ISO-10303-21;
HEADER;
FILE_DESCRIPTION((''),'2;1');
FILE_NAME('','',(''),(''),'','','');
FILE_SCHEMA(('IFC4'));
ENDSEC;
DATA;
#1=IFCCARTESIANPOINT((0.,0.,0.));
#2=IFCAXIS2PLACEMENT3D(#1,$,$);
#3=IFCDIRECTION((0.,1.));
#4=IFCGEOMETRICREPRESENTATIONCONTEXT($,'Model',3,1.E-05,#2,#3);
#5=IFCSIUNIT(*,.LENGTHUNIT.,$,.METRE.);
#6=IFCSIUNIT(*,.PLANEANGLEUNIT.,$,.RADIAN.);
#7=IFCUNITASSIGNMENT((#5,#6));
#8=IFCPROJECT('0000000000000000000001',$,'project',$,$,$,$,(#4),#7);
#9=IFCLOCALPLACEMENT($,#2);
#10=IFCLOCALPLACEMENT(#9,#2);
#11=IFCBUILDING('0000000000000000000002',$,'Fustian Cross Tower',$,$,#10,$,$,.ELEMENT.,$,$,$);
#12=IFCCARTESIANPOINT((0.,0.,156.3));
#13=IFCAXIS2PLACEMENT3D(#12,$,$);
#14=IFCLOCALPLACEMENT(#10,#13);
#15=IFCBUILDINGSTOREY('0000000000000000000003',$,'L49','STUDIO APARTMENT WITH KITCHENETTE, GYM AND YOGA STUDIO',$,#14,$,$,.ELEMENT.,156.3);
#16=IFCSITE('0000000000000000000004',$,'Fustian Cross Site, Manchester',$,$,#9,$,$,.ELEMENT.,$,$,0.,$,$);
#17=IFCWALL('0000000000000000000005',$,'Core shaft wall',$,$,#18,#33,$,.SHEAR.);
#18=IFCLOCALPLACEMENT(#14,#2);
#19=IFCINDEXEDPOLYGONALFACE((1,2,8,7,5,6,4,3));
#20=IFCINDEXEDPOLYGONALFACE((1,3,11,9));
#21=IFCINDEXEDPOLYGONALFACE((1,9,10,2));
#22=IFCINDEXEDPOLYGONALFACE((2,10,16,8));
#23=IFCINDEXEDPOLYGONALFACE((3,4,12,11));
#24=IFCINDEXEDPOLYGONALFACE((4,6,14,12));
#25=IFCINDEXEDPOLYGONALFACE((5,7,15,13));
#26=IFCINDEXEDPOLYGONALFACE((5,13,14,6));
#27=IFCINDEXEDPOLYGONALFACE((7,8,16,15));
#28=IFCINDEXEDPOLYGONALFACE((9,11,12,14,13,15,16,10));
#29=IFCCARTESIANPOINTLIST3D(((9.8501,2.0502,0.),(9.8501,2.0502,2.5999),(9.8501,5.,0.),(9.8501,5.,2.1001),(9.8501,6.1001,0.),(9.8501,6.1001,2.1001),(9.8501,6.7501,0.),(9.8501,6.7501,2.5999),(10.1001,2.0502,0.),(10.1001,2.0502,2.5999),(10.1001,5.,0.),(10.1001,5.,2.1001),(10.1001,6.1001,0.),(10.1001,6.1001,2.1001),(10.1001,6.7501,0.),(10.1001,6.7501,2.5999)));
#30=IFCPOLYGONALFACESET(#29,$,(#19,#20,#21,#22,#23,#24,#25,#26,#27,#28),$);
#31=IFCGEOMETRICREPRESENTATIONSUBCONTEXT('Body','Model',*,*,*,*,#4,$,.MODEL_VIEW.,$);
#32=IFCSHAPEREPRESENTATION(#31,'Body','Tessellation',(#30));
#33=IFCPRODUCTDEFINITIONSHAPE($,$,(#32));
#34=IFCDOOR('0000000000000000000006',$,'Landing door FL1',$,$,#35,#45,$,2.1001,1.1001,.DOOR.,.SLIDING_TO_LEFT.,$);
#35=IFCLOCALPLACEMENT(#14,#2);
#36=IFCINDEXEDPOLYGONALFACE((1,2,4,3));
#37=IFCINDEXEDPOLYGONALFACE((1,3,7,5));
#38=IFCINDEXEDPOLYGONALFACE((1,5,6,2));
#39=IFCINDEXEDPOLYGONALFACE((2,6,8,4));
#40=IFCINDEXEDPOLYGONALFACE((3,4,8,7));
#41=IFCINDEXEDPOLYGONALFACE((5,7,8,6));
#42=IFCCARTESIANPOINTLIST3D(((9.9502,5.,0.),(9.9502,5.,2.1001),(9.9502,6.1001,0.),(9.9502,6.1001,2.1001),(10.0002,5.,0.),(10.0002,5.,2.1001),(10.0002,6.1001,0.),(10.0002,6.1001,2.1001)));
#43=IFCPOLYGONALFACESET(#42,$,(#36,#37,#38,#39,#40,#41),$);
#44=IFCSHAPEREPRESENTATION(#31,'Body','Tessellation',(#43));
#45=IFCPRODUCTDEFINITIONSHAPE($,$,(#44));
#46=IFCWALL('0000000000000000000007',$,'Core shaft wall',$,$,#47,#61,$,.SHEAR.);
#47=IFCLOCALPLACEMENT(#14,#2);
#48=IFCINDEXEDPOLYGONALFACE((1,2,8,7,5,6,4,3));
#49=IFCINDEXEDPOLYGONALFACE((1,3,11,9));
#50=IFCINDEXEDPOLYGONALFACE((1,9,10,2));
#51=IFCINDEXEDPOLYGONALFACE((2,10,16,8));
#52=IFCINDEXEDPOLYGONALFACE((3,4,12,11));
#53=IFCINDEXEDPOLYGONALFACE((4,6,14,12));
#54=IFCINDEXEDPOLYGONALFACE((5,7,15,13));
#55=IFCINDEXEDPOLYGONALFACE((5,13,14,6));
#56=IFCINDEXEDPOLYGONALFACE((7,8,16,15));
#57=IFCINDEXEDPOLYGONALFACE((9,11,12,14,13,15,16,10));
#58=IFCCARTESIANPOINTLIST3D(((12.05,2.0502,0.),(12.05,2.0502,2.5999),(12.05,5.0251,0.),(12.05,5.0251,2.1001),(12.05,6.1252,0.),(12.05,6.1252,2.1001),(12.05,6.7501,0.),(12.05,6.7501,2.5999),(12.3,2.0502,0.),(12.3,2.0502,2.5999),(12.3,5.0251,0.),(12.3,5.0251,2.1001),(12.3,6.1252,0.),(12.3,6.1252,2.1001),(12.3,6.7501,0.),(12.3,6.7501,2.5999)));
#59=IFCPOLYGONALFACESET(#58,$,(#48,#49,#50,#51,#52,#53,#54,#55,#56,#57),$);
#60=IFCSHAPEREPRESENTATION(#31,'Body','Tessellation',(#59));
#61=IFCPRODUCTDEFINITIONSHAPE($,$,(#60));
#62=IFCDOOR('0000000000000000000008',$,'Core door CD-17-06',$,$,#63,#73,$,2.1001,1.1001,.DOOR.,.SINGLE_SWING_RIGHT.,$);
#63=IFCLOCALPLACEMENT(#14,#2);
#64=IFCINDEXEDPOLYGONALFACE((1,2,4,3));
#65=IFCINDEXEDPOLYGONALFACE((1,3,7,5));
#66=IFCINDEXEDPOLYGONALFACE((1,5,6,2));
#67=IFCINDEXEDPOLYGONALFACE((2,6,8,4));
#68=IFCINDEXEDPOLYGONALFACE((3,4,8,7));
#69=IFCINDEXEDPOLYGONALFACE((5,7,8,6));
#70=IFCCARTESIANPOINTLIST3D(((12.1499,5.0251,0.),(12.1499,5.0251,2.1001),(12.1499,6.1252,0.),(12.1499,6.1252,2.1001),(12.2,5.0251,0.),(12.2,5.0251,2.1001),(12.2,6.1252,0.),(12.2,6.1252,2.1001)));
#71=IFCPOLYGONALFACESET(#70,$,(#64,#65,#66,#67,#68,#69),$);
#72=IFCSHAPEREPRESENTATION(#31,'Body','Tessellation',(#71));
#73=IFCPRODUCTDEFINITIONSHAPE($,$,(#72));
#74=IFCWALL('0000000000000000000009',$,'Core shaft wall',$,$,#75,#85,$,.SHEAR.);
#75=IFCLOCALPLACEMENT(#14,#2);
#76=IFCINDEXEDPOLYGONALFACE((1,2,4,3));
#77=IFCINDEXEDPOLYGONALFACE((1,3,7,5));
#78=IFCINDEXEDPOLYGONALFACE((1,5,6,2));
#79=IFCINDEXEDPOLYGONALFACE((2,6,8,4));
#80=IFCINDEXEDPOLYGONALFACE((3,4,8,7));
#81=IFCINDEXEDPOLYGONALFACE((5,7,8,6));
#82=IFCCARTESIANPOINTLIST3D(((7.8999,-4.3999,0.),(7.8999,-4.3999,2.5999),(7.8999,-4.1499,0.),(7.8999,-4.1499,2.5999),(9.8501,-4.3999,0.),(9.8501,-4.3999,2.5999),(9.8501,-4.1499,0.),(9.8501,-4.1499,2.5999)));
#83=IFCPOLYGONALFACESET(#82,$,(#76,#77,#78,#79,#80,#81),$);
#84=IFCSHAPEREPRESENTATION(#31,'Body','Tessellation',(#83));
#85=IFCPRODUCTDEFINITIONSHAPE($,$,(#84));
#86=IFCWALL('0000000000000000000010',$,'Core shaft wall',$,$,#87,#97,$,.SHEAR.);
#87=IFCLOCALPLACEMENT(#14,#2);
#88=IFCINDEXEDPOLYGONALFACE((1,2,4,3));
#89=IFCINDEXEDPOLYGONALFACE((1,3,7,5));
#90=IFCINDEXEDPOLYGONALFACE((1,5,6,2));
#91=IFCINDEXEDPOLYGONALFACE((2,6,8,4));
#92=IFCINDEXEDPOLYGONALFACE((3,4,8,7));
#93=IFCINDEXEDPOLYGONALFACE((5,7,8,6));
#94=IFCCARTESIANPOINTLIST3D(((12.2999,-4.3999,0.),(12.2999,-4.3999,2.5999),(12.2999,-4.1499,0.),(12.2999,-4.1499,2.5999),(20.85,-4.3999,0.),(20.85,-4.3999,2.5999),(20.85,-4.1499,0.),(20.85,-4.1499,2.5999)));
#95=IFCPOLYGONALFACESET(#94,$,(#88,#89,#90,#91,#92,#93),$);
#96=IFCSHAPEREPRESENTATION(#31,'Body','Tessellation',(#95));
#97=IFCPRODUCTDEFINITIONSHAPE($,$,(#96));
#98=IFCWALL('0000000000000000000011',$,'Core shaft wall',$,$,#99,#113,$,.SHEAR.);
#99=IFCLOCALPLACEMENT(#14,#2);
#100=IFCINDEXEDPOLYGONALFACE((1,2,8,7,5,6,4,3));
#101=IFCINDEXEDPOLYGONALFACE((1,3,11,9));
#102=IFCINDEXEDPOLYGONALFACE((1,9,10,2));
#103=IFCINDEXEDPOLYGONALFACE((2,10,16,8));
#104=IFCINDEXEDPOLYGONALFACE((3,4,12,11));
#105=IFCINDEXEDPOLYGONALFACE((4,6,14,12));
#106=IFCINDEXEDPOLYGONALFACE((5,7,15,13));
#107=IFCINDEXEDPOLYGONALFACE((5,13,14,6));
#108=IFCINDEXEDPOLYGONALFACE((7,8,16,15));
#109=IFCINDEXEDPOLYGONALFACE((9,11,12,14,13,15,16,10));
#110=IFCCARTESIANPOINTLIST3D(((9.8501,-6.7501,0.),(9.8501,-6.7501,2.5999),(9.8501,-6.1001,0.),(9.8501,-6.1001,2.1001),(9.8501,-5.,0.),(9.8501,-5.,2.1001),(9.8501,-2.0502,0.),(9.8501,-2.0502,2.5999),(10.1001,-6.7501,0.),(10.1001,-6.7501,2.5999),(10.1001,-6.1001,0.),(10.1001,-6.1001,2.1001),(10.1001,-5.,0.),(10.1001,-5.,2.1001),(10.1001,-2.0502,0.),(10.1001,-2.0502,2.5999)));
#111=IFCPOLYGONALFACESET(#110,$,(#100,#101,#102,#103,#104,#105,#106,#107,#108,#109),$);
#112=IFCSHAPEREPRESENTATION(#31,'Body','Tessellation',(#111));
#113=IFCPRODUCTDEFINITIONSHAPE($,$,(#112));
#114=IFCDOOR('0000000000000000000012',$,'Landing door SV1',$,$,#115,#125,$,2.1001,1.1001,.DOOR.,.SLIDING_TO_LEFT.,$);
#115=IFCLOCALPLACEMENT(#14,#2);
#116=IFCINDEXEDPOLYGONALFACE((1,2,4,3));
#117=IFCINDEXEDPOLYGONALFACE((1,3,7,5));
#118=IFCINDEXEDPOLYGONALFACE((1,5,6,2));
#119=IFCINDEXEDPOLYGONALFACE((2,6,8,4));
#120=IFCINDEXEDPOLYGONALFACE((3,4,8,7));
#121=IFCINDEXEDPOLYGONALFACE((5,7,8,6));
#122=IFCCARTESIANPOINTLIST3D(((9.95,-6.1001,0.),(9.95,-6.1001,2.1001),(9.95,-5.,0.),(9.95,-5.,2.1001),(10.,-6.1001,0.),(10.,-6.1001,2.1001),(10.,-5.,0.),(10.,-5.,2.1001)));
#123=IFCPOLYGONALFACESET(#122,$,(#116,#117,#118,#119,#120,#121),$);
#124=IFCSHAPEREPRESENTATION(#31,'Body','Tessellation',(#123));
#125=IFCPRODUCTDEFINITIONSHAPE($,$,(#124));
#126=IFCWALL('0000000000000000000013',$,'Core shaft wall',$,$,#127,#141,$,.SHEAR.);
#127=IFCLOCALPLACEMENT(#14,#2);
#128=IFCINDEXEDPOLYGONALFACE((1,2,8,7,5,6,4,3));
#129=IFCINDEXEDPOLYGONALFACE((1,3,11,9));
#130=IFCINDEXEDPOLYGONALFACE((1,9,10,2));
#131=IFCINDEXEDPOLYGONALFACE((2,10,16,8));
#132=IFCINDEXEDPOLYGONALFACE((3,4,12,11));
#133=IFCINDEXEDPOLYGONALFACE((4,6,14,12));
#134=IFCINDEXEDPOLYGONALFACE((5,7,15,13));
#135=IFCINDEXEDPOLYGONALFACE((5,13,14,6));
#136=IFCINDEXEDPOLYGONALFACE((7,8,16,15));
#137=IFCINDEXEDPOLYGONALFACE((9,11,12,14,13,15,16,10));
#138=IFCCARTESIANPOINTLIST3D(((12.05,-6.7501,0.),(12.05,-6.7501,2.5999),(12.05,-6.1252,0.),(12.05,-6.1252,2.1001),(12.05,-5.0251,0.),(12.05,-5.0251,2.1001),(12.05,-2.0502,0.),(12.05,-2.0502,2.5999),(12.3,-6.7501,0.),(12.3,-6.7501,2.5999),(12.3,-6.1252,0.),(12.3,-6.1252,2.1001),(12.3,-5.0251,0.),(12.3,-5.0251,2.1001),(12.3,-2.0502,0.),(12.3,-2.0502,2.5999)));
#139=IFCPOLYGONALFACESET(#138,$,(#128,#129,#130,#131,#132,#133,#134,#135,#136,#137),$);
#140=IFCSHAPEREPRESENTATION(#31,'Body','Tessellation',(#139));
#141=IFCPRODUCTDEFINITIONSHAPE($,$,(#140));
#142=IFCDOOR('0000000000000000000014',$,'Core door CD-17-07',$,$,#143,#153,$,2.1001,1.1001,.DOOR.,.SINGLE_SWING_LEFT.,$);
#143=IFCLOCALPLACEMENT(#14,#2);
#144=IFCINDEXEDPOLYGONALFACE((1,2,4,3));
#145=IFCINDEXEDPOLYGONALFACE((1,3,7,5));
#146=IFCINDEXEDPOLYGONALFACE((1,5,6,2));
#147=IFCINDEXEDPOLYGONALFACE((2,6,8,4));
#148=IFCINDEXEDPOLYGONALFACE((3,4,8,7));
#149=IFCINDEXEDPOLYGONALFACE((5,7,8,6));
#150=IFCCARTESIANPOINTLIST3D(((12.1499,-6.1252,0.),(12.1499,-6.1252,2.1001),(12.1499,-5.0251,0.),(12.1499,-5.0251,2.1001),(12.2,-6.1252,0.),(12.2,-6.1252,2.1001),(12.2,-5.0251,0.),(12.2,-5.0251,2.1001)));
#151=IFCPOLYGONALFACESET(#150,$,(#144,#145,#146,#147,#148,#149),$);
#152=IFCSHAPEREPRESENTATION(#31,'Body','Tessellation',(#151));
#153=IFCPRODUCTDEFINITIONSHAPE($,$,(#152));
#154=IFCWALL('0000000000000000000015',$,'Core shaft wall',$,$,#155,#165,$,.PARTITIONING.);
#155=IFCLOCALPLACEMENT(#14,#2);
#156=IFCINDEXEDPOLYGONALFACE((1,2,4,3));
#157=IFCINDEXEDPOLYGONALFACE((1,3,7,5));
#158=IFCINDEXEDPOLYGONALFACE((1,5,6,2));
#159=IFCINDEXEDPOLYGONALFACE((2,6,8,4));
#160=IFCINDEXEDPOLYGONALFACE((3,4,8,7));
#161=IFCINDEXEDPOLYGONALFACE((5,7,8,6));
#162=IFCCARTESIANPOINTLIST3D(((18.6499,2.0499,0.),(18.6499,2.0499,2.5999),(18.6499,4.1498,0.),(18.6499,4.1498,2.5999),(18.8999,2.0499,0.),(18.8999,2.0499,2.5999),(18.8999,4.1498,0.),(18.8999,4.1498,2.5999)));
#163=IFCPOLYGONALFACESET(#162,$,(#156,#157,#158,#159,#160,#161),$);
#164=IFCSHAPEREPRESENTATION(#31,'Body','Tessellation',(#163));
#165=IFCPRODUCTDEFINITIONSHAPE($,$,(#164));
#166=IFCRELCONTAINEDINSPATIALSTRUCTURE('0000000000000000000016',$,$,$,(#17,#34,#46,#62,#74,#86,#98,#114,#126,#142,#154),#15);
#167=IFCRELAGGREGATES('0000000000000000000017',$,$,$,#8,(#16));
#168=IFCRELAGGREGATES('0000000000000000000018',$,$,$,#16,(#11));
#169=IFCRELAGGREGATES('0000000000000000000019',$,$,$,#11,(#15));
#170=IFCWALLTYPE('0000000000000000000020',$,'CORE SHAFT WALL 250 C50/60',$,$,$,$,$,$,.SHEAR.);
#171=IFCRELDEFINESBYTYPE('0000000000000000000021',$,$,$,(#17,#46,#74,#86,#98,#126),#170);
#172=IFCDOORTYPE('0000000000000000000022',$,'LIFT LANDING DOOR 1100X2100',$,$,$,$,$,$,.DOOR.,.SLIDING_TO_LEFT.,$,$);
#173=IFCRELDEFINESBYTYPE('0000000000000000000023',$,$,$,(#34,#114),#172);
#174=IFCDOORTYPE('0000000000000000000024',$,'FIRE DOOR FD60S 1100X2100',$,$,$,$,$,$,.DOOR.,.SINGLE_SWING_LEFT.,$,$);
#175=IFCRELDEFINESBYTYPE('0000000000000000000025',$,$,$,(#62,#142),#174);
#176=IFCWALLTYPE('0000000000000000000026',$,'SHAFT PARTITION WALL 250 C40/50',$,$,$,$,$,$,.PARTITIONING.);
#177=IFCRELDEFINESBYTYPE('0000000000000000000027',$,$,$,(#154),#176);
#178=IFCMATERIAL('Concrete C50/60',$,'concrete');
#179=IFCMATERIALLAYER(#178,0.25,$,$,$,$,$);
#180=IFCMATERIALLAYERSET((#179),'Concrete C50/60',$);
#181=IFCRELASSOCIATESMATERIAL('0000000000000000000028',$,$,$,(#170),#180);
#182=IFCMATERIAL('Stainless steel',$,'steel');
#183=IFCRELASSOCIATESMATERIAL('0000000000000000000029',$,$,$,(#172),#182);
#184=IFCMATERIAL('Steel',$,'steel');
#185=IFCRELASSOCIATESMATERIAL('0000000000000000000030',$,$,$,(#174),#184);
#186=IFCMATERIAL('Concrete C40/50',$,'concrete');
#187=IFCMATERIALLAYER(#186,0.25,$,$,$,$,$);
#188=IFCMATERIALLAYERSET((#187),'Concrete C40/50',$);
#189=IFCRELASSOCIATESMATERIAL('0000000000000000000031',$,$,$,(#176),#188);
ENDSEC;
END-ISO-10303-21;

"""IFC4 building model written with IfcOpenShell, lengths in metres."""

from ifc_helpers import new_model, si_unit, direction, frame, frame_2d, origin, place, context, subcontext, project, spatial, rectangle, extrude, material, layer, layer_set, type_object, element, fill, save


model = new_model("IFC4")

# Units and contexts
model_context = context("Model", 3, precision=1e-05, world=origin(), true_north=direction((0.0, 1.0)))
body_context = subcontext(model_context, "Body", "Model", "MODEL_VIEW")
ifc_project = project(units=[si_unit("LENGTHUNIT", "METRE"), si_unit("PLANEANGLEUNIT", "RADIAN")], contexts=[model_context])

# Site, building, storey
site_placement = place(None, origin())
site = spatial("IfcSite", under=ifc_project, at=site_placement, Name="Fustian Cross Site, Manchester", CompositionType="ELEMENT", RefElevation=0.0)
building_placement = place(site_placement, origin())
building = spatial("IfcBuilding", under=site, at=building_placement, Name="Fustian Cross Tower", CompositionType="ELEMENT")
storey_placement = place(building_placement, frame((0.0, 0.0, 156.3)))
storey = spatial("IfcBuildingStorey", under=building, at=storey_placement, Name="L49", Description="STUDIO APARTMENT WITH KITCHENETTE, GYM AND YOGA STUDIO", CompositionType="ELEMENT", Elevation=156.3)

# Shared definitions
ifc_material_1 = material(Name="Concrete C50/60", Category="concrete")
ifc_layer_1 = layer(ifc_material_1, 0.25)
ifc_layer_set_1 = layer_set([ifc_layer_1], Name="Concrete C50/60")
wall_type_1 = type_object("IfcWallType", Name="CORE SHAFT WALL 250 C50/60", PredefinedType="SHEAR", material=ifc_layer_set_1)

# Walls, openings, doors
wall_1_placement = place(storey_placement, frame((9.9751, 2.05, 0.0), z_axis=(0.0, 0.0, 1.0), x_axis=(0.0, 1.0, 0.0)))
wall_1 = element("IfcWall", 1, at=wall_1_placement, inside=storey, type_object=wall_type_1, Name="Core shaft wall", PredefinedType="SHEAR", context=body_context, shape_type="SweptSolid", body=[
    extrude(rectangle(XDim=4.7, YDim=0.25, at=frame_2d((2.3501, 0.0))), origin(), (0.0, 0.0, 1.0), 2.5999),
])
opening_1_placement = place(wall_1_placement, frame((2.95, 0.0, 0.0)))
opening_1 = element("IfcOpeningElement", 2, at=opening_1_placement, cuts=wall_1, PredefinedType="OPENING", context=body_context, shape_type="SweptSolid", body=[
    extrude(rectangle(XDim=1.1001, YDim=2.1001, at=frame_2d((0.55, 1.05))), frame((0.0, 0.135, 0.0), z_axis=(0.0, -1.0, 0.0), x_axis=(1.0, 0.0, 0.0)), (0.0, 0.0, 1.0), 0.27),
])
ifc_material_2 = material(Name="Stainless steel", Category="steel")
door_type_1 = type_object("IfcDoorType", Name="LIFT LANDING DOOR 1100X2100", OperationType="SLIDING_TO_LEFT", PredefinedType="DOOR", material=ifc_material_2)
door_1_placement = place(opening_1_placement, origin())
door_1 = element("IfcDoor", 3, at=door_1_placement, inside=storey, type_object=door_type_1, Name="Landing door FL1", OperationType="SLIDING_TO_LEFT", OverallHeight=2.1001, OverallWidth=1.1001, PredefinedType="DOOR", context=body_context, shape_type="SweptSolid", body=[
    extrude(rectangle(XDim=1.1001, YDim=2.1001, at=frame_2d((0.55, 1.05))), frame((0.0, 0.0249, 0.0), z_axis=(0.0, -1.0, 0.0), x_axis=(1.0, 0.0, 0.0)), (0.0, 0.0, 1.0), 0.05),
])
fill(opening_1, door_1)
wall_2_placement = place(storey_placement, frame((12.175, 2.05, 0.0), z_axis=(0.0, 0.0, 1.0), x_axis=(0.0, 1.0, 0.0)))
wall_2 = element("IfcWall", 4, at=wall_2_placement, inside=storey, type_object=wall_type_1, Name="Core shaft wall", PredefinedType="SHEAR", context=body_context, shape_type="SweptSolid", body=[
    extrude(rectangle(XDim=4.7, YDim=0.25, at=frame_2d((2.3501, 0.0))), origin(), (0.0, 0.0, 1.0), 2.5999),
])
opening_2_placement = place(wall_2_placement, frame((2.9751, 0.0, 0.0)))
opening_2 = element("IfcOpeningElement", 5, at=opening_2_placement, cuts=wall_2, PredefinedType="OPENING", context=body_context, shape_type="SweptSolid", body=[
    extrude(rectangle(XDim=1.1001, YDim=2.1001, at=frame_2d((0.55, 1.05))), frame((0.0, 0.135, 0.0), z_axis=(0.0, -1.0, 0.0), x_axis=(1.0, 0.0, 0.0)), (0.0, 0.0, 1.0), 0.27),
])
ifc_material_3 = material(Name="Steel", Category="steel")
door_type_2 = type_object("IfcDoorType", Name="FIRE DOOR FD60S 1100X2100", OperationType="SINGLE_SWING_LEFT", PredefinedType="DOOR", material=ifc_material_3)
door_2_placement = place(opening_2_placement, frame((1.1001, 0.0, 0.0), z_axis=(0.0, 0.0, 1.0), x_axis=(-1.0, 0.0, 0.0)))
door_2 = element("IfcDoor", 6, at=door_2_placement, inside=storey, type_object=door_type_2, Name="Core door CD-17-06", OperationType="SINGLE_SWING_RIGHT", OverallHeight=2.1001, OverallWidth=1.1001, PredefinedType="DOOR", context=body_context, shape_type="SweptSolid", body=[
    extrude(rectangle(XDim=1.1001, YDim=2.1001, at=frame_2d((0.55, 1.05))), frame((0.0, 0.0249, 0.0), z_axis=(0.0, -1.0, 0.0), x_axis=(1.0, 0.0, 0.0)), (0.0, 0.0, 1.0), 0.05),
])
fill(opening_2, door_2)

# Walls
wall_3_placement = place(storey_placement, frame((7.8999, -4.2749, 0.0), z_axis=(0.0, 0.0, 1.0), x_axis=(1.0, 0.0, 0.0)))
element("IfcWall", 7, at=wall_3_placement, inside=storey, type_object=wall_type_1, Name="Core shaft wall", PredefinedType="SHEAR", context=body_context, shape_type="SweptSolid", body=[
    extrude(rectangle(XDim=1.9502, YDim=0.25, at=frame_2d((0.9751, 0.0))), origin(), (0.0, 0.0, 1.0), 2.5999),
])
wall_4_placement = place(storey_placement, frame((12.3, -4.2749, 0.0), z_axis=(0.0, 0.0, 1.0), x_axis=(1.0, 0.0, 0.0)))
element("IfcWall", 8, at=wall_4_placement, inside=storey, type_object=wall_type_1, Name="Core shaft wall", PredefinedType="SHEAR", context=body_context, shape_type="SweptSolid", body=[
    extrude(rectangle(XDim=8.55, YDim=0.25, at=frame_2d((4.2749, 0.0))), origin(), (0.0, 0.0, 1.0), 2.5999),
])

# Walls, openings, doors
wall_5_placement = place(storey_placement, frame((9.9751, -2.05, 0.0), z_axis=(0.0, 0.0, 1.0), x_axis=(0.0, -1.0, 0.0)))
wall_5 = element("IfcWall", 9, at=wall_5_placement, inside=storey, type_object=wall_type_1, Name="Core shaft wall", PredefinedType="SHEAR", context=body_context, shape_type="SweptSolid", body=[
    extrude(rectangle(XDim=4.7, YDim=0.25, at=frame_2d((2.3501, 0.0))), origin(), (0.0, 0.0, 1.0), 2.5999),
])
opening_3_placement = place(wall_5_placement, frame((2.95, 0.0, 0.0)))
opening_3 = element("IfcOpeningElement", 10, at=opening_3_placement, cuts=wall_5, PredefinedType="OPENING", context=body_context, shape_type="SweptSolid", body=[
    extrude(rectangle(XDim=1.1001, YDim=2.1001, at=frame_2d((0.55, 1.05))), frame((0.0, 0.135, 0.0), z_axis=(0.0, -1.0, 0.0), x_axis=(1.0, 0.0, 0.0)), (0.0, 0.0, 1.0), 0.27),
])
door_3_placement = place(opening_3_placement, origin())
door_3 = element("IfcDoor", 11, at=door_3_placement, inside=storey, type_object=door_type_1, Name="Landing door SV1", OperationType="SLIDING_TO_LEFT", OverallHeight=2.1001, OverallWidth=1.1001, PredefinedType="DOOR", context=body_context, shape_type="SweptSolid", body=[
    extrude(rectangle(XDim=1.1001, YDim=2.1001, at=frame_2d((0.55, 1.05))), frame((0.0, 0.0249, 0.0), z_axis=(0.0, -1.0, 0.0), x_axis=(1.0, 0.0, 0.0)), (0.0, 0.0, 1.0), 0.05),
])
fill(opening_3, door_3)
wall_6_placement = place(storey_placement, frame((12.175, -2.05, 0.0), z_axis=(0.0, 0.0, 1.0), x_axis=(0.0, -1.0, 0.0)))
wall_6 = element("IfcWall", 12, at=wall_6_placement, inside=storey, type_object=wall_type_1, Name="Core shaft wall", PredefinedType="SHEAR", context=body_context, shape_type="SweptSolid", body=[
    extrude(rectangle(XDim=4.7, YDim=0.25, at=frame_2d((2.3501, 0.0))), origin(), (0.0, 0.0, 1.0), 2.5999),
])
opening_4_placement = place(wall_6_placement, frame((2.9751, 0.0, 0.0)))
opening_4 = element("IfcOpeningElement", 13, at=opening_4_placement, cuts=wall_6, PredefinedType="OPENING", context=body_context, shape_type="SweptSolid", body=[
    extrude(rectangle(XDim=1.1001, YDim=2.1001, at=frame_2d((0.55, 1.05))), frame((0.0, 0.135, 0.0), z_axis=(0.0, -1.0, 0.0), x_axis=(1.0, 0.0, 0.0)), (0.0, 0.0, 1.0), 0.27),
])
door_4_placement = place(opening_4_placement, origin())
door_4 = element("IfcDoor", 14, at=door_4_placement, inside=storey, type_object=door_type_2, Name="Core door CD-17-07", OperationType="SINGLE_SWING_LEFT", OverallHeight=2.1001, OverallWidth=1.1001, PredefinedType="DOOR", context=body_context, shape_type="SweptSolid", body=[
    extrude(rectangle(XDim=1.1001, YDim=2.1001, at=frame_2d((0.55, 1.05))), frame((0.0, 0.0249, 0.0), z_axis=(0.0, -1.0, 0.0), x_axis=(1.0, 0.0, 0.0)), (0.0, 0.0, 1.0), 0.05),
])
fill(opening_4, door_4)

# Wall
ifc_material_4 = material(Name="Concrete C40/50", Category="concrete")
ifc_layer_2 = layer(ifc_material_4, 0.25)
ifc_layer_set_2 = layer_set([ifc_layer_2], Name="Concrete C40/50")
wall_type_2 = type_object("IfcWallType", Name="SHAFT PARTITION WALL 250 C40/50", PredefinedType="PARTITIONING", material=ifc_layer_set_2)
wall_7_placement = place(storey_placement, frame((18.7749, 2.05, 0.0), z_axis=(0.0, 0.0, 1.0), x_axis=(0.0, 1.0, 0.0)))
element("IfcWall", 15, at=wall_7_placement, inside=storey, type_object=wall_type_2, Name="Core shaft wall", PredefinedType="PARTITIONING", context=body_context, shape_type="SweptSolid", body=[
    extrude(rectangle(XDim=2.0999, YDim=0.25, at=frame_2d((1.0498, 0.0))), origin(), (0.0, 0.0, 1.0), 2.5999),
])

save(model, "model.ifc")
